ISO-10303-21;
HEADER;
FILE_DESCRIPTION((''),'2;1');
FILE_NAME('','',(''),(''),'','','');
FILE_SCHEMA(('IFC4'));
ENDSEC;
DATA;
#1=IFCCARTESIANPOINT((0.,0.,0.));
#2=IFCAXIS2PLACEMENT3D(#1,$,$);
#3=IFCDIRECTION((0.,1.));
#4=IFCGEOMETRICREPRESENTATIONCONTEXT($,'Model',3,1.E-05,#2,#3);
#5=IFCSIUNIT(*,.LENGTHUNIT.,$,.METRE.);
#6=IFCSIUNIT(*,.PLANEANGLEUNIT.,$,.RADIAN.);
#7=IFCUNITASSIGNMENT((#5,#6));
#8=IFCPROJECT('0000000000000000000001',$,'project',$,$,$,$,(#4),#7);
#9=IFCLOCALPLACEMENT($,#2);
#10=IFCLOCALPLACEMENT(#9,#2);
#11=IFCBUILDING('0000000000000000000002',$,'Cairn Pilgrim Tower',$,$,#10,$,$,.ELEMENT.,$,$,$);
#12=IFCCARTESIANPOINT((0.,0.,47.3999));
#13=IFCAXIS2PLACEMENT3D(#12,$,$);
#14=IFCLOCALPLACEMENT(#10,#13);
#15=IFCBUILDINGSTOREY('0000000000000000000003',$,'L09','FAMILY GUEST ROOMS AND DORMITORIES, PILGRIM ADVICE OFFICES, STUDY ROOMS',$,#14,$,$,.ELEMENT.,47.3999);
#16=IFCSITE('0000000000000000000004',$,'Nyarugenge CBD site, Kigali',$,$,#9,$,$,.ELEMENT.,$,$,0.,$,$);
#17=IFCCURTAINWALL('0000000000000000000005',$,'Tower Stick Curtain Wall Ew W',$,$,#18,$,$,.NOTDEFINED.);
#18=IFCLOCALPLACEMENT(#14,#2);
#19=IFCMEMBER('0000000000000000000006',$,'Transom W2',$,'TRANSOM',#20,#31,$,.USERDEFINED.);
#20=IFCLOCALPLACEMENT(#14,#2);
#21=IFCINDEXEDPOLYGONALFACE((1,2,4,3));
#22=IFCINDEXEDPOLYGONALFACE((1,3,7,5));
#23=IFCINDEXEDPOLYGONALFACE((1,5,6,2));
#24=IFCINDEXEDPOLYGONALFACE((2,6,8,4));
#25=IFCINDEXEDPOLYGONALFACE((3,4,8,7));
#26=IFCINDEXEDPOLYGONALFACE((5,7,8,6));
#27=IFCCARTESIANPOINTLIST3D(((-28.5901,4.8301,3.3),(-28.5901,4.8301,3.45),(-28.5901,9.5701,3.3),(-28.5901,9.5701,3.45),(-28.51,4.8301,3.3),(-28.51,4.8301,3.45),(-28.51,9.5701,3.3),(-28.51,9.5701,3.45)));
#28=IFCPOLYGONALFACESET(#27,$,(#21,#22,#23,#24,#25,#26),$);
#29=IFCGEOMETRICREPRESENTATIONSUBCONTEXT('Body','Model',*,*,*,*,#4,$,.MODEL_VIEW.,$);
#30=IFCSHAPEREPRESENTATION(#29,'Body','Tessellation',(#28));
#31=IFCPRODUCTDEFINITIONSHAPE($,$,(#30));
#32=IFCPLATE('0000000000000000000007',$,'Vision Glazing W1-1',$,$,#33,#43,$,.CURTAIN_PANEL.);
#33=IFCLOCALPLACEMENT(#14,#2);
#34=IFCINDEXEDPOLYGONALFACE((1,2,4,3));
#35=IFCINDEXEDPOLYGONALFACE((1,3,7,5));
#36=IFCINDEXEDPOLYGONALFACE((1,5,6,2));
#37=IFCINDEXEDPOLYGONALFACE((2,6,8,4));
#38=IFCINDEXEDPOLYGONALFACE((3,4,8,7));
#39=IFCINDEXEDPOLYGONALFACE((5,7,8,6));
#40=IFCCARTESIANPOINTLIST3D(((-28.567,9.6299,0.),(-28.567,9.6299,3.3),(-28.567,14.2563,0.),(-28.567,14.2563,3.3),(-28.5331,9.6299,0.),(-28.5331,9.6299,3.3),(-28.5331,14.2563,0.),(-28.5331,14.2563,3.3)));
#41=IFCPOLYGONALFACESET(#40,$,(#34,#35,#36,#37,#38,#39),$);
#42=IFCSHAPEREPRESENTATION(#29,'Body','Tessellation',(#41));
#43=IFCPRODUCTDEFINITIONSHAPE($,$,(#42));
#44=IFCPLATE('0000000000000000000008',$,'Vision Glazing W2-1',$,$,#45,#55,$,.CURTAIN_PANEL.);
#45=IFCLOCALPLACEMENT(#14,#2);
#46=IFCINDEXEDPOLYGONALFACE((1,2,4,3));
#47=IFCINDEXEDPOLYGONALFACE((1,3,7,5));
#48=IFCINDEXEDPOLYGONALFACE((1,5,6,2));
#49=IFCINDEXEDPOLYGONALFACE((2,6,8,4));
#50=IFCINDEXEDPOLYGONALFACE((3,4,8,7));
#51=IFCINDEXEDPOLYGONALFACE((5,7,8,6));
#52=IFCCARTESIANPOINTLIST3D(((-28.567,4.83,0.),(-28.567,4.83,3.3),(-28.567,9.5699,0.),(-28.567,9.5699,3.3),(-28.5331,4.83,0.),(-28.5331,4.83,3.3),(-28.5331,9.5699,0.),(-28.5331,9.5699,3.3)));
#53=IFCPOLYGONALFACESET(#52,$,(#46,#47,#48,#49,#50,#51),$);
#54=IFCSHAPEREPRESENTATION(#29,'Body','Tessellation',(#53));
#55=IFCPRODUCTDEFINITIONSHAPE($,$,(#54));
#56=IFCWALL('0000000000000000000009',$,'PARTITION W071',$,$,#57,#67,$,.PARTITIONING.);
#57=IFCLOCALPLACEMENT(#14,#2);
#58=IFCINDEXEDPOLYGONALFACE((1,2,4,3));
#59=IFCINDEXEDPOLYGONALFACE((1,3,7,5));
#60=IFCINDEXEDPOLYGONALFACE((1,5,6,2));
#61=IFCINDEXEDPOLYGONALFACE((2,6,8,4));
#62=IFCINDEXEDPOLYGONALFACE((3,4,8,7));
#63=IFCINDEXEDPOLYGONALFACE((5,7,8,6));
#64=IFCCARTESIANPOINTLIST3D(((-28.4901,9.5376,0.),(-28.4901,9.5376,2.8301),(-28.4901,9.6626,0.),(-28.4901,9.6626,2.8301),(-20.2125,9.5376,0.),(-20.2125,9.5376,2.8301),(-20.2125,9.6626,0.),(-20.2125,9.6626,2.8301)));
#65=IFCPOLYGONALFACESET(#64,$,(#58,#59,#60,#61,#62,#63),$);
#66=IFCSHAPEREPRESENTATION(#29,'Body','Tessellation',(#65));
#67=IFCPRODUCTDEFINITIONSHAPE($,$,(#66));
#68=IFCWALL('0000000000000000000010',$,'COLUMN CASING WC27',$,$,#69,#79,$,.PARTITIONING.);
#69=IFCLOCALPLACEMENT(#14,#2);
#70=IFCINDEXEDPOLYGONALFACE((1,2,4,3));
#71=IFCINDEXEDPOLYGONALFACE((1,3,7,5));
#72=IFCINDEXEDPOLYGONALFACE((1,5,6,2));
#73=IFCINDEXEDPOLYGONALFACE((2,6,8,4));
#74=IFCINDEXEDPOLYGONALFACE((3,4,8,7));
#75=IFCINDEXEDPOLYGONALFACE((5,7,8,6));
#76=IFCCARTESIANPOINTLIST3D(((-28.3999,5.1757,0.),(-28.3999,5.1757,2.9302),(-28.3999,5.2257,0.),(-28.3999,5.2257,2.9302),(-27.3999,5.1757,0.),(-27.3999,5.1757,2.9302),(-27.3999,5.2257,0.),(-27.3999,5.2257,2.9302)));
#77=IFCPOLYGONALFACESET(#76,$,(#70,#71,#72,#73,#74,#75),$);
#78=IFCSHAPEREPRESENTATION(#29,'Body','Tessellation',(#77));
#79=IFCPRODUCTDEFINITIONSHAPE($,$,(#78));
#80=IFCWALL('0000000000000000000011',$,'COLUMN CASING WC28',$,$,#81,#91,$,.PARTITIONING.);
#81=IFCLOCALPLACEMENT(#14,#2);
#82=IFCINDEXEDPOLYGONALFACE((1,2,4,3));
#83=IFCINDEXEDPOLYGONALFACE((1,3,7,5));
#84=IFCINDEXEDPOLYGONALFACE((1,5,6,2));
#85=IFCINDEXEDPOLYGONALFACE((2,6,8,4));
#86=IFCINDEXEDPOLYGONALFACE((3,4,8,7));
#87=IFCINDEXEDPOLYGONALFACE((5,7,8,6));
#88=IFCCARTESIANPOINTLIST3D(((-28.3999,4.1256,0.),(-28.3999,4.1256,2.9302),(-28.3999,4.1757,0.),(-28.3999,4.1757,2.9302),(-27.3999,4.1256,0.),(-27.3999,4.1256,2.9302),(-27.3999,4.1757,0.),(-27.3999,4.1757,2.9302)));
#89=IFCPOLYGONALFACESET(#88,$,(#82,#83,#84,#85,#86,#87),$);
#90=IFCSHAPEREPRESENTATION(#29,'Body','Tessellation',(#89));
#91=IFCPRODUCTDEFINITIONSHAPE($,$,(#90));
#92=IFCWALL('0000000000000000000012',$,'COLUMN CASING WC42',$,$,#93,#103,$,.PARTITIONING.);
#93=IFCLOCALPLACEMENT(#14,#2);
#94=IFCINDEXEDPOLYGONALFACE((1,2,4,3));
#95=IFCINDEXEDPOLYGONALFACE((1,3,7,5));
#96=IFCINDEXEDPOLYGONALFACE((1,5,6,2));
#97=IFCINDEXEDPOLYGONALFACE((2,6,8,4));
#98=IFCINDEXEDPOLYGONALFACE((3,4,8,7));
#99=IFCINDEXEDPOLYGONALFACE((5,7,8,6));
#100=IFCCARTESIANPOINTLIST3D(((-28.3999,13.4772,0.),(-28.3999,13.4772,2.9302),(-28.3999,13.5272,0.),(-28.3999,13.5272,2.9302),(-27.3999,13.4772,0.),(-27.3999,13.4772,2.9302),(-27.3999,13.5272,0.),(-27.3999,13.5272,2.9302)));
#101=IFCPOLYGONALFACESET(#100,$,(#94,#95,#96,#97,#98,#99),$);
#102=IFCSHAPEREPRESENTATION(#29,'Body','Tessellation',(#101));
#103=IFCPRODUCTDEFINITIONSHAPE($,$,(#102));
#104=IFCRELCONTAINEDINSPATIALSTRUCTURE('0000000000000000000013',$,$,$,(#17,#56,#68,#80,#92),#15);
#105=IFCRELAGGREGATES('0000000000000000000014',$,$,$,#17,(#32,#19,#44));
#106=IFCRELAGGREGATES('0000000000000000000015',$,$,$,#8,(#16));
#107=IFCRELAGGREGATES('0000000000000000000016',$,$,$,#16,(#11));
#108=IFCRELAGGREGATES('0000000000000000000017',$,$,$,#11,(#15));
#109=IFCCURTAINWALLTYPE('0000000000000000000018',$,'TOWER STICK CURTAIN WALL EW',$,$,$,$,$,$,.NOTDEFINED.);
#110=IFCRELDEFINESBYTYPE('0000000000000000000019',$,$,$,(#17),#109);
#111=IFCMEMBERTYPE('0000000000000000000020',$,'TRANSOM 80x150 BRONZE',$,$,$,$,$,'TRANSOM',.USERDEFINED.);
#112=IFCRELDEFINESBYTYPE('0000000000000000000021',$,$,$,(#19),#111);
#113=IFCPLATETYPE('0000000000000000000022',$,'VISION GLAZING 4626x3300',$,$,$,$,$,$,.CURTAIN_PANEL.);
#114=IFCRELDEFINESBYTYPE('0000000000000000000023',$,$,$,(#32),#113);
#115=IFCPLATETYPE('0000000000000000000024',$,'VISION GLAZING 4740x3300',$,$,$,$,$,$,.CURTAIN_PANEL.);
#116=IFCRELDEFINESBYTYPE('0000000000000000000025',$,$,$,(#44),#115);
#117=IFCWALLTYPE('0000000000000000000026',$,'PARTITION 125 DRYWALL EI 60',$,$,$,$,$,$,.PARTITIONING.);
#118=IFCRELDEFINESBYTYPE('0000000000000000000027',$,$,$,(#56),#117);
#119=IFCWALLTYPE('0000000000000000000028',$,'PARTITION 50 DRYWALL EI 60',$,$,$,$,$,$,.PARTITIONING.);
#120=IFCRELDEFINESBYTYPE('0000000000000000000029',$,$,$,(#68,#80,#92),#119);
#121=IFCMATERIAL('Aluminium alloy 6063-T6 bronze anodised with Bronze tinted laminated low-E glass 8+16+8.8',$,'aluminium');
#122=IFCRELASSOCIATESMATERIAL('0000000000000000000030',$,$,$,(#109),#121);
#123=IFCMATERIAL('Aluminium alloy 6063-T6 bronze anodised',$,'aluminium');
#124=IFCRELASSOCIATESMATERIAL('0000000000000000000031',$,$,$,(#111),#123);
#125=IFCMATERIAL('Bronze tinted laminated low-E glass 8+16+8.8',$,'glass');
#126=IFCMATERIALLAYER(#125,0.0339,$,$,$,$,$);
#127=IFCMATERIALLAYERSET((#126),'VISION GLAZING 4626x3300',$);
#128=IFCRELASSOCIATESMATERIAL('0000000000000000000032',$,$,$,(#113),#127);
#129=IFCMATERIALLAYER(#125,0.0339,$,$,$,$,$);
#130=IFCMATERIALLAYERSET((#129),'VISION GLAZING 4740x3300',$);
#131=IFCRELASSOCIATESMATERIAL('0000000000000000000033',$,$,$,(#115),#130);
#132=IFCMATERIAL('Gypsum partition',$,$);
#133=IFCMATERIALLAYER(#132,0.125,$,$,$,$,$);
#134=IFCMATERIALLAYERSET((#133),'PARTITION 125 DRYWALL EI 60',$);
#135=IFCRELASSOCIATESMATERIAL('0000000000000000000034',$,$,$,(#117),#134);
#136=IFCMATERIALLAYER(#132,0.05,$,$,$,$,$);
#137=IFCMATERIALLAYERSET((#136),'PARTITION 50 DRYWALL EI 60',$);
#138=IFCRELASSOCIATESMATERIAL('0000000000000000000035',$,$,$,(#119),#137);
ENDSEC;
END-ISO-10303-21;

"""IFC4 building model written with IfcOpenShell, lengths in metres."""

from ifc_helpers import new_model, si_unit, direction, frame, frame_2d, origin, origin_2d, place, context, subcontext, project, spatial, rectangle, extrude, material, layer, layer_set, material_profile, profile_set, type_object, element, aggregate, save


model = new_model("IFC4")

# Units and contexts
model_context = context("Model", 3, precision=1e-05, world=origin(), true_north=direction((0.0, 1.0)))
body_context = subcontext(model_context, "Body", "Model", "MODEL_VIEW")
ifc_project = project(units=[si_unit("LENGTHUNIT", "METRE"), si_unit("PLANEANGLEUNIT", "RADIAN")], contexts=[model_context])

# Site, building, storey
site_placement = place(None, origin())
site = spatial("IfcSite", under=ifc_project, at=site_placement, Name="Nyarugenge CBD site, Kigali", CompositionType="ELEMENT", RefElevation=0.0)
building_placement = place(site_placement, origin())
building = spatial("IfcBuilding", under=site, at=building_placement, Name="Cairn Pilgrim Tower", CompositionType="ELEMENT")
storey_placement = place(building_placement, frame((0.0, 0.0, 47.3999)))
storey = spatial("IfcBuildingStorey", under=building, at=storey_placement, Name="L09", Description="FAMILY GUEST ROOMS AND DORMITORIES, PILGRIM ADVICE OFFICES, STUDY ROOMS", CompositionType="ELEMENT", Elevation=47.3999)

# Curtain wall
ifc_material_1 = material(Name="Aluminium alloy 6063-T6 bronze anodised with Bronze tinted laminated low-E glass 8+16+8.8", Category="aluminium")
curtain_wall_type = type_object("IfcCurtainWallType", Name="TOWER STICK CURTAIN WALL EW", PredefinedType="NOTDEFINED", material=ifc_material_1)
curtain_wall_placement = place(storey_placement, origin())
curtain_wall = element("IfcCurtainWall", 1, at=curtain_wall_placement, inside=storey, type_object=curtain_wall_type, Name="Tower Stick Curtain Wall Ew W", PredefinedType="NOTDEFINED")
ifc_material_2 = material(Name="Aluminium alloy 6063-T6 bronze anodised", Category="aluminium")

# Member
ifc_material_profile_1 = material_profile(ifc_material_2, rectangle(XDim=0.0801, YDim=0.1499, at=origin_2d()), Name="TRANSOM 80x150 BRONZE")
ifc_profile_set_1 = profile_set([ifc_material_profile_1], Name="Aluminium alloy 6063-T6 bronze anodised")
member_type_1 = type_object("IfcMemberType", Name="TRANSOM 80x150 BRONZE", ElementType="TRANSOM", PredefinedType="USERDEFINED", material=ifc_profile_set_1)
member_1_placement = place(storey_placement, frame((-28.55, 9.5701, 3.375), z_axis=(0.0, -1.0, 0.0), x_axis=(1.0, 0.0, 0.0)))
member_1 = element("IfcMember", 2, at=member_1_placement, type_object=member_type_1, Name="Transom W2", ObjectType="TRANSOM", PredefinedType="USERDEFINED", context=body_context, shape_type="SweptSolid", body=[
    extrude(rectangle(XDim=0.0801, YDim=0.1499, at=origin_2d()), origin(), (0.0, 0.0, 1.0), 4.74),
])

# Plates
ifc_material_3 = material(Name="Bronze tinted laminated low-E glass 8+16+8.8", Category="glass")
ifc_layer_1 = layer(ifc_material_3, 0.0339)
ifc_layer_set_1 = layer_set([ifc_layer_1], Name="VISION GLAZING 4626x3300")
plate_type_1 = type_object("IfcPlateType", Name="VISION GLAZING 4626x3300", PredefinedType="CURTAIN_PANEL", material=ifc_layer_set_1)
plate_1_placement = place(storey_placement, frame((-28.55, 11.9431, 0.0), z_axis=(0.0, 0.0, 1.0), x_axis=(0.0, -1.0, 0.0)))
plate_1 = element("IfcPlate", 3, at=plate_1_placement, type_object=plate_type_1, Name="Vision Glazing W1-1", PredefinedType="CURTAIN_PANEL", context=body_context, shape_type="SweptSolid", body=[
    extrude(rectangle(XDim=4.6265, YDim=0.0339, at=origin_2d()), origin(), (0.0, 0.0, 1.0), 3.3),
])
ifc_layer_2 = layer(ifc_material_3, 0.0339)
ifc_layer_set_2 = layer_set([ifc_layer_2], Name="VISION GLAZING 4740x3300")
plate_type_2 = type_object("IfcPlateType", Name="VISION GLAZING 4740x3300", PredefinedType="CURTAIN_PANEL", material=ifc_layer_set_2)
plate_2_placement = place(storey_placement, frame((-28.55, 7.2, 0.0), z_axis=(0.0, 0.0, 1.0), x_axis=(0.0, -1.0, 0.0)))
plate_2 = element("IfcPlate", 4, at=plate_2_placement, type_object=plate_type_2, Name="Vision Glazing W2-1", PredefinedType="CURTAIN_PANEL", context=body_context, shape_type="SweptSolid", body=[
    extrude(rectangle(XDim=4.74, YDim=0.0339, at=origin_2d()), origin(), (0.0, 0.0, 1.0), 3.3),
])
aggregate(curtain_wall, [plate_1, member_1, plate_2])

# Walls
ifc_material_4 = material(Name="Gypsum partition")
ifc_layer_3 = layer(ifc_material_4, 0.125)
ifc_layer_set_3 = layer_set([ifc_layer_3], Name="PARTITION 125 DRYWALL EI 60")
wall_type_1 = type_object("IfcWallType", Name="PARTITION 125 DRYWALL EI 60", PredefinedType="PARTITIONING", material=ifc_layer_set_3)
wall_1_placement = place(storey_placement, frame((-28.49, 9.6001, 0.0), z_axis=(0.0, 0.0, 1.0), x_axis=(1.0, 0.0, 0.0)))
element("IfcWall", 5, at=wall_1_placement, inside=storey, type_object=wall_type_1, Name="PARTITION W071", PredefinedType="PARTITIONING", context=body_context, shape_type="SweptSolid", body=[
    extrude(rectangle(XDim=8.2776, YDim=0.125, at=frame_2d((4.1387, 0.0))), origin(), (0.0, 0.0, 1.0), 2.8301),
])
ifc_layer_4 = layer(ifc_material_4, 0.05)
ifc_layer_set_4 = layer_set([ifc_layer_4], Name="PARTITION 50 DRYWALL EI 60")
wall_type_2 = type_object("IfcWallType", Name="PARTITION 50 DRYWALL EI 60", PredefinedType="PARTITIONING", material=ifc_layer_set_4)
for number, where, z_axis, x_axis, name in (
    (6, (-28.3999, 5.2007, 0.0), (0.0, 0.0, 1.0), (1.0, 0.0, 0.0), "COLUMN CASING WC27"),
    (7, (-28.3999, 4.1506, 0.0), (0.0, 0.0, 1.0), (1.0, 0.0, 0.0), "COLUMN CASING WC28"),
    (8, (-28.3999, 13.5022, 0.0), (0.0, 0.0, 1.0), (1.0, 0.0, 0.0), "COLUMN CASING WC42"),
):
    element("IfcWall", number, at=place(storey_placement, frame(where, z_axis=z_axis, x_axis=x_axis)), inside=storey, type_object=wall_type_2, Name=name, PredefinedType="PARTITIONING", context=body_context, shape_type="SweptSolid", body=[
        extrude(rectangle(XDim=1.0, YDim=0.05, at=frame_2d((0.5, 0.0))), origin(), (0.0, 0.0, 1.0), 2.9302),
    ])

save(model, "model.ifc")
